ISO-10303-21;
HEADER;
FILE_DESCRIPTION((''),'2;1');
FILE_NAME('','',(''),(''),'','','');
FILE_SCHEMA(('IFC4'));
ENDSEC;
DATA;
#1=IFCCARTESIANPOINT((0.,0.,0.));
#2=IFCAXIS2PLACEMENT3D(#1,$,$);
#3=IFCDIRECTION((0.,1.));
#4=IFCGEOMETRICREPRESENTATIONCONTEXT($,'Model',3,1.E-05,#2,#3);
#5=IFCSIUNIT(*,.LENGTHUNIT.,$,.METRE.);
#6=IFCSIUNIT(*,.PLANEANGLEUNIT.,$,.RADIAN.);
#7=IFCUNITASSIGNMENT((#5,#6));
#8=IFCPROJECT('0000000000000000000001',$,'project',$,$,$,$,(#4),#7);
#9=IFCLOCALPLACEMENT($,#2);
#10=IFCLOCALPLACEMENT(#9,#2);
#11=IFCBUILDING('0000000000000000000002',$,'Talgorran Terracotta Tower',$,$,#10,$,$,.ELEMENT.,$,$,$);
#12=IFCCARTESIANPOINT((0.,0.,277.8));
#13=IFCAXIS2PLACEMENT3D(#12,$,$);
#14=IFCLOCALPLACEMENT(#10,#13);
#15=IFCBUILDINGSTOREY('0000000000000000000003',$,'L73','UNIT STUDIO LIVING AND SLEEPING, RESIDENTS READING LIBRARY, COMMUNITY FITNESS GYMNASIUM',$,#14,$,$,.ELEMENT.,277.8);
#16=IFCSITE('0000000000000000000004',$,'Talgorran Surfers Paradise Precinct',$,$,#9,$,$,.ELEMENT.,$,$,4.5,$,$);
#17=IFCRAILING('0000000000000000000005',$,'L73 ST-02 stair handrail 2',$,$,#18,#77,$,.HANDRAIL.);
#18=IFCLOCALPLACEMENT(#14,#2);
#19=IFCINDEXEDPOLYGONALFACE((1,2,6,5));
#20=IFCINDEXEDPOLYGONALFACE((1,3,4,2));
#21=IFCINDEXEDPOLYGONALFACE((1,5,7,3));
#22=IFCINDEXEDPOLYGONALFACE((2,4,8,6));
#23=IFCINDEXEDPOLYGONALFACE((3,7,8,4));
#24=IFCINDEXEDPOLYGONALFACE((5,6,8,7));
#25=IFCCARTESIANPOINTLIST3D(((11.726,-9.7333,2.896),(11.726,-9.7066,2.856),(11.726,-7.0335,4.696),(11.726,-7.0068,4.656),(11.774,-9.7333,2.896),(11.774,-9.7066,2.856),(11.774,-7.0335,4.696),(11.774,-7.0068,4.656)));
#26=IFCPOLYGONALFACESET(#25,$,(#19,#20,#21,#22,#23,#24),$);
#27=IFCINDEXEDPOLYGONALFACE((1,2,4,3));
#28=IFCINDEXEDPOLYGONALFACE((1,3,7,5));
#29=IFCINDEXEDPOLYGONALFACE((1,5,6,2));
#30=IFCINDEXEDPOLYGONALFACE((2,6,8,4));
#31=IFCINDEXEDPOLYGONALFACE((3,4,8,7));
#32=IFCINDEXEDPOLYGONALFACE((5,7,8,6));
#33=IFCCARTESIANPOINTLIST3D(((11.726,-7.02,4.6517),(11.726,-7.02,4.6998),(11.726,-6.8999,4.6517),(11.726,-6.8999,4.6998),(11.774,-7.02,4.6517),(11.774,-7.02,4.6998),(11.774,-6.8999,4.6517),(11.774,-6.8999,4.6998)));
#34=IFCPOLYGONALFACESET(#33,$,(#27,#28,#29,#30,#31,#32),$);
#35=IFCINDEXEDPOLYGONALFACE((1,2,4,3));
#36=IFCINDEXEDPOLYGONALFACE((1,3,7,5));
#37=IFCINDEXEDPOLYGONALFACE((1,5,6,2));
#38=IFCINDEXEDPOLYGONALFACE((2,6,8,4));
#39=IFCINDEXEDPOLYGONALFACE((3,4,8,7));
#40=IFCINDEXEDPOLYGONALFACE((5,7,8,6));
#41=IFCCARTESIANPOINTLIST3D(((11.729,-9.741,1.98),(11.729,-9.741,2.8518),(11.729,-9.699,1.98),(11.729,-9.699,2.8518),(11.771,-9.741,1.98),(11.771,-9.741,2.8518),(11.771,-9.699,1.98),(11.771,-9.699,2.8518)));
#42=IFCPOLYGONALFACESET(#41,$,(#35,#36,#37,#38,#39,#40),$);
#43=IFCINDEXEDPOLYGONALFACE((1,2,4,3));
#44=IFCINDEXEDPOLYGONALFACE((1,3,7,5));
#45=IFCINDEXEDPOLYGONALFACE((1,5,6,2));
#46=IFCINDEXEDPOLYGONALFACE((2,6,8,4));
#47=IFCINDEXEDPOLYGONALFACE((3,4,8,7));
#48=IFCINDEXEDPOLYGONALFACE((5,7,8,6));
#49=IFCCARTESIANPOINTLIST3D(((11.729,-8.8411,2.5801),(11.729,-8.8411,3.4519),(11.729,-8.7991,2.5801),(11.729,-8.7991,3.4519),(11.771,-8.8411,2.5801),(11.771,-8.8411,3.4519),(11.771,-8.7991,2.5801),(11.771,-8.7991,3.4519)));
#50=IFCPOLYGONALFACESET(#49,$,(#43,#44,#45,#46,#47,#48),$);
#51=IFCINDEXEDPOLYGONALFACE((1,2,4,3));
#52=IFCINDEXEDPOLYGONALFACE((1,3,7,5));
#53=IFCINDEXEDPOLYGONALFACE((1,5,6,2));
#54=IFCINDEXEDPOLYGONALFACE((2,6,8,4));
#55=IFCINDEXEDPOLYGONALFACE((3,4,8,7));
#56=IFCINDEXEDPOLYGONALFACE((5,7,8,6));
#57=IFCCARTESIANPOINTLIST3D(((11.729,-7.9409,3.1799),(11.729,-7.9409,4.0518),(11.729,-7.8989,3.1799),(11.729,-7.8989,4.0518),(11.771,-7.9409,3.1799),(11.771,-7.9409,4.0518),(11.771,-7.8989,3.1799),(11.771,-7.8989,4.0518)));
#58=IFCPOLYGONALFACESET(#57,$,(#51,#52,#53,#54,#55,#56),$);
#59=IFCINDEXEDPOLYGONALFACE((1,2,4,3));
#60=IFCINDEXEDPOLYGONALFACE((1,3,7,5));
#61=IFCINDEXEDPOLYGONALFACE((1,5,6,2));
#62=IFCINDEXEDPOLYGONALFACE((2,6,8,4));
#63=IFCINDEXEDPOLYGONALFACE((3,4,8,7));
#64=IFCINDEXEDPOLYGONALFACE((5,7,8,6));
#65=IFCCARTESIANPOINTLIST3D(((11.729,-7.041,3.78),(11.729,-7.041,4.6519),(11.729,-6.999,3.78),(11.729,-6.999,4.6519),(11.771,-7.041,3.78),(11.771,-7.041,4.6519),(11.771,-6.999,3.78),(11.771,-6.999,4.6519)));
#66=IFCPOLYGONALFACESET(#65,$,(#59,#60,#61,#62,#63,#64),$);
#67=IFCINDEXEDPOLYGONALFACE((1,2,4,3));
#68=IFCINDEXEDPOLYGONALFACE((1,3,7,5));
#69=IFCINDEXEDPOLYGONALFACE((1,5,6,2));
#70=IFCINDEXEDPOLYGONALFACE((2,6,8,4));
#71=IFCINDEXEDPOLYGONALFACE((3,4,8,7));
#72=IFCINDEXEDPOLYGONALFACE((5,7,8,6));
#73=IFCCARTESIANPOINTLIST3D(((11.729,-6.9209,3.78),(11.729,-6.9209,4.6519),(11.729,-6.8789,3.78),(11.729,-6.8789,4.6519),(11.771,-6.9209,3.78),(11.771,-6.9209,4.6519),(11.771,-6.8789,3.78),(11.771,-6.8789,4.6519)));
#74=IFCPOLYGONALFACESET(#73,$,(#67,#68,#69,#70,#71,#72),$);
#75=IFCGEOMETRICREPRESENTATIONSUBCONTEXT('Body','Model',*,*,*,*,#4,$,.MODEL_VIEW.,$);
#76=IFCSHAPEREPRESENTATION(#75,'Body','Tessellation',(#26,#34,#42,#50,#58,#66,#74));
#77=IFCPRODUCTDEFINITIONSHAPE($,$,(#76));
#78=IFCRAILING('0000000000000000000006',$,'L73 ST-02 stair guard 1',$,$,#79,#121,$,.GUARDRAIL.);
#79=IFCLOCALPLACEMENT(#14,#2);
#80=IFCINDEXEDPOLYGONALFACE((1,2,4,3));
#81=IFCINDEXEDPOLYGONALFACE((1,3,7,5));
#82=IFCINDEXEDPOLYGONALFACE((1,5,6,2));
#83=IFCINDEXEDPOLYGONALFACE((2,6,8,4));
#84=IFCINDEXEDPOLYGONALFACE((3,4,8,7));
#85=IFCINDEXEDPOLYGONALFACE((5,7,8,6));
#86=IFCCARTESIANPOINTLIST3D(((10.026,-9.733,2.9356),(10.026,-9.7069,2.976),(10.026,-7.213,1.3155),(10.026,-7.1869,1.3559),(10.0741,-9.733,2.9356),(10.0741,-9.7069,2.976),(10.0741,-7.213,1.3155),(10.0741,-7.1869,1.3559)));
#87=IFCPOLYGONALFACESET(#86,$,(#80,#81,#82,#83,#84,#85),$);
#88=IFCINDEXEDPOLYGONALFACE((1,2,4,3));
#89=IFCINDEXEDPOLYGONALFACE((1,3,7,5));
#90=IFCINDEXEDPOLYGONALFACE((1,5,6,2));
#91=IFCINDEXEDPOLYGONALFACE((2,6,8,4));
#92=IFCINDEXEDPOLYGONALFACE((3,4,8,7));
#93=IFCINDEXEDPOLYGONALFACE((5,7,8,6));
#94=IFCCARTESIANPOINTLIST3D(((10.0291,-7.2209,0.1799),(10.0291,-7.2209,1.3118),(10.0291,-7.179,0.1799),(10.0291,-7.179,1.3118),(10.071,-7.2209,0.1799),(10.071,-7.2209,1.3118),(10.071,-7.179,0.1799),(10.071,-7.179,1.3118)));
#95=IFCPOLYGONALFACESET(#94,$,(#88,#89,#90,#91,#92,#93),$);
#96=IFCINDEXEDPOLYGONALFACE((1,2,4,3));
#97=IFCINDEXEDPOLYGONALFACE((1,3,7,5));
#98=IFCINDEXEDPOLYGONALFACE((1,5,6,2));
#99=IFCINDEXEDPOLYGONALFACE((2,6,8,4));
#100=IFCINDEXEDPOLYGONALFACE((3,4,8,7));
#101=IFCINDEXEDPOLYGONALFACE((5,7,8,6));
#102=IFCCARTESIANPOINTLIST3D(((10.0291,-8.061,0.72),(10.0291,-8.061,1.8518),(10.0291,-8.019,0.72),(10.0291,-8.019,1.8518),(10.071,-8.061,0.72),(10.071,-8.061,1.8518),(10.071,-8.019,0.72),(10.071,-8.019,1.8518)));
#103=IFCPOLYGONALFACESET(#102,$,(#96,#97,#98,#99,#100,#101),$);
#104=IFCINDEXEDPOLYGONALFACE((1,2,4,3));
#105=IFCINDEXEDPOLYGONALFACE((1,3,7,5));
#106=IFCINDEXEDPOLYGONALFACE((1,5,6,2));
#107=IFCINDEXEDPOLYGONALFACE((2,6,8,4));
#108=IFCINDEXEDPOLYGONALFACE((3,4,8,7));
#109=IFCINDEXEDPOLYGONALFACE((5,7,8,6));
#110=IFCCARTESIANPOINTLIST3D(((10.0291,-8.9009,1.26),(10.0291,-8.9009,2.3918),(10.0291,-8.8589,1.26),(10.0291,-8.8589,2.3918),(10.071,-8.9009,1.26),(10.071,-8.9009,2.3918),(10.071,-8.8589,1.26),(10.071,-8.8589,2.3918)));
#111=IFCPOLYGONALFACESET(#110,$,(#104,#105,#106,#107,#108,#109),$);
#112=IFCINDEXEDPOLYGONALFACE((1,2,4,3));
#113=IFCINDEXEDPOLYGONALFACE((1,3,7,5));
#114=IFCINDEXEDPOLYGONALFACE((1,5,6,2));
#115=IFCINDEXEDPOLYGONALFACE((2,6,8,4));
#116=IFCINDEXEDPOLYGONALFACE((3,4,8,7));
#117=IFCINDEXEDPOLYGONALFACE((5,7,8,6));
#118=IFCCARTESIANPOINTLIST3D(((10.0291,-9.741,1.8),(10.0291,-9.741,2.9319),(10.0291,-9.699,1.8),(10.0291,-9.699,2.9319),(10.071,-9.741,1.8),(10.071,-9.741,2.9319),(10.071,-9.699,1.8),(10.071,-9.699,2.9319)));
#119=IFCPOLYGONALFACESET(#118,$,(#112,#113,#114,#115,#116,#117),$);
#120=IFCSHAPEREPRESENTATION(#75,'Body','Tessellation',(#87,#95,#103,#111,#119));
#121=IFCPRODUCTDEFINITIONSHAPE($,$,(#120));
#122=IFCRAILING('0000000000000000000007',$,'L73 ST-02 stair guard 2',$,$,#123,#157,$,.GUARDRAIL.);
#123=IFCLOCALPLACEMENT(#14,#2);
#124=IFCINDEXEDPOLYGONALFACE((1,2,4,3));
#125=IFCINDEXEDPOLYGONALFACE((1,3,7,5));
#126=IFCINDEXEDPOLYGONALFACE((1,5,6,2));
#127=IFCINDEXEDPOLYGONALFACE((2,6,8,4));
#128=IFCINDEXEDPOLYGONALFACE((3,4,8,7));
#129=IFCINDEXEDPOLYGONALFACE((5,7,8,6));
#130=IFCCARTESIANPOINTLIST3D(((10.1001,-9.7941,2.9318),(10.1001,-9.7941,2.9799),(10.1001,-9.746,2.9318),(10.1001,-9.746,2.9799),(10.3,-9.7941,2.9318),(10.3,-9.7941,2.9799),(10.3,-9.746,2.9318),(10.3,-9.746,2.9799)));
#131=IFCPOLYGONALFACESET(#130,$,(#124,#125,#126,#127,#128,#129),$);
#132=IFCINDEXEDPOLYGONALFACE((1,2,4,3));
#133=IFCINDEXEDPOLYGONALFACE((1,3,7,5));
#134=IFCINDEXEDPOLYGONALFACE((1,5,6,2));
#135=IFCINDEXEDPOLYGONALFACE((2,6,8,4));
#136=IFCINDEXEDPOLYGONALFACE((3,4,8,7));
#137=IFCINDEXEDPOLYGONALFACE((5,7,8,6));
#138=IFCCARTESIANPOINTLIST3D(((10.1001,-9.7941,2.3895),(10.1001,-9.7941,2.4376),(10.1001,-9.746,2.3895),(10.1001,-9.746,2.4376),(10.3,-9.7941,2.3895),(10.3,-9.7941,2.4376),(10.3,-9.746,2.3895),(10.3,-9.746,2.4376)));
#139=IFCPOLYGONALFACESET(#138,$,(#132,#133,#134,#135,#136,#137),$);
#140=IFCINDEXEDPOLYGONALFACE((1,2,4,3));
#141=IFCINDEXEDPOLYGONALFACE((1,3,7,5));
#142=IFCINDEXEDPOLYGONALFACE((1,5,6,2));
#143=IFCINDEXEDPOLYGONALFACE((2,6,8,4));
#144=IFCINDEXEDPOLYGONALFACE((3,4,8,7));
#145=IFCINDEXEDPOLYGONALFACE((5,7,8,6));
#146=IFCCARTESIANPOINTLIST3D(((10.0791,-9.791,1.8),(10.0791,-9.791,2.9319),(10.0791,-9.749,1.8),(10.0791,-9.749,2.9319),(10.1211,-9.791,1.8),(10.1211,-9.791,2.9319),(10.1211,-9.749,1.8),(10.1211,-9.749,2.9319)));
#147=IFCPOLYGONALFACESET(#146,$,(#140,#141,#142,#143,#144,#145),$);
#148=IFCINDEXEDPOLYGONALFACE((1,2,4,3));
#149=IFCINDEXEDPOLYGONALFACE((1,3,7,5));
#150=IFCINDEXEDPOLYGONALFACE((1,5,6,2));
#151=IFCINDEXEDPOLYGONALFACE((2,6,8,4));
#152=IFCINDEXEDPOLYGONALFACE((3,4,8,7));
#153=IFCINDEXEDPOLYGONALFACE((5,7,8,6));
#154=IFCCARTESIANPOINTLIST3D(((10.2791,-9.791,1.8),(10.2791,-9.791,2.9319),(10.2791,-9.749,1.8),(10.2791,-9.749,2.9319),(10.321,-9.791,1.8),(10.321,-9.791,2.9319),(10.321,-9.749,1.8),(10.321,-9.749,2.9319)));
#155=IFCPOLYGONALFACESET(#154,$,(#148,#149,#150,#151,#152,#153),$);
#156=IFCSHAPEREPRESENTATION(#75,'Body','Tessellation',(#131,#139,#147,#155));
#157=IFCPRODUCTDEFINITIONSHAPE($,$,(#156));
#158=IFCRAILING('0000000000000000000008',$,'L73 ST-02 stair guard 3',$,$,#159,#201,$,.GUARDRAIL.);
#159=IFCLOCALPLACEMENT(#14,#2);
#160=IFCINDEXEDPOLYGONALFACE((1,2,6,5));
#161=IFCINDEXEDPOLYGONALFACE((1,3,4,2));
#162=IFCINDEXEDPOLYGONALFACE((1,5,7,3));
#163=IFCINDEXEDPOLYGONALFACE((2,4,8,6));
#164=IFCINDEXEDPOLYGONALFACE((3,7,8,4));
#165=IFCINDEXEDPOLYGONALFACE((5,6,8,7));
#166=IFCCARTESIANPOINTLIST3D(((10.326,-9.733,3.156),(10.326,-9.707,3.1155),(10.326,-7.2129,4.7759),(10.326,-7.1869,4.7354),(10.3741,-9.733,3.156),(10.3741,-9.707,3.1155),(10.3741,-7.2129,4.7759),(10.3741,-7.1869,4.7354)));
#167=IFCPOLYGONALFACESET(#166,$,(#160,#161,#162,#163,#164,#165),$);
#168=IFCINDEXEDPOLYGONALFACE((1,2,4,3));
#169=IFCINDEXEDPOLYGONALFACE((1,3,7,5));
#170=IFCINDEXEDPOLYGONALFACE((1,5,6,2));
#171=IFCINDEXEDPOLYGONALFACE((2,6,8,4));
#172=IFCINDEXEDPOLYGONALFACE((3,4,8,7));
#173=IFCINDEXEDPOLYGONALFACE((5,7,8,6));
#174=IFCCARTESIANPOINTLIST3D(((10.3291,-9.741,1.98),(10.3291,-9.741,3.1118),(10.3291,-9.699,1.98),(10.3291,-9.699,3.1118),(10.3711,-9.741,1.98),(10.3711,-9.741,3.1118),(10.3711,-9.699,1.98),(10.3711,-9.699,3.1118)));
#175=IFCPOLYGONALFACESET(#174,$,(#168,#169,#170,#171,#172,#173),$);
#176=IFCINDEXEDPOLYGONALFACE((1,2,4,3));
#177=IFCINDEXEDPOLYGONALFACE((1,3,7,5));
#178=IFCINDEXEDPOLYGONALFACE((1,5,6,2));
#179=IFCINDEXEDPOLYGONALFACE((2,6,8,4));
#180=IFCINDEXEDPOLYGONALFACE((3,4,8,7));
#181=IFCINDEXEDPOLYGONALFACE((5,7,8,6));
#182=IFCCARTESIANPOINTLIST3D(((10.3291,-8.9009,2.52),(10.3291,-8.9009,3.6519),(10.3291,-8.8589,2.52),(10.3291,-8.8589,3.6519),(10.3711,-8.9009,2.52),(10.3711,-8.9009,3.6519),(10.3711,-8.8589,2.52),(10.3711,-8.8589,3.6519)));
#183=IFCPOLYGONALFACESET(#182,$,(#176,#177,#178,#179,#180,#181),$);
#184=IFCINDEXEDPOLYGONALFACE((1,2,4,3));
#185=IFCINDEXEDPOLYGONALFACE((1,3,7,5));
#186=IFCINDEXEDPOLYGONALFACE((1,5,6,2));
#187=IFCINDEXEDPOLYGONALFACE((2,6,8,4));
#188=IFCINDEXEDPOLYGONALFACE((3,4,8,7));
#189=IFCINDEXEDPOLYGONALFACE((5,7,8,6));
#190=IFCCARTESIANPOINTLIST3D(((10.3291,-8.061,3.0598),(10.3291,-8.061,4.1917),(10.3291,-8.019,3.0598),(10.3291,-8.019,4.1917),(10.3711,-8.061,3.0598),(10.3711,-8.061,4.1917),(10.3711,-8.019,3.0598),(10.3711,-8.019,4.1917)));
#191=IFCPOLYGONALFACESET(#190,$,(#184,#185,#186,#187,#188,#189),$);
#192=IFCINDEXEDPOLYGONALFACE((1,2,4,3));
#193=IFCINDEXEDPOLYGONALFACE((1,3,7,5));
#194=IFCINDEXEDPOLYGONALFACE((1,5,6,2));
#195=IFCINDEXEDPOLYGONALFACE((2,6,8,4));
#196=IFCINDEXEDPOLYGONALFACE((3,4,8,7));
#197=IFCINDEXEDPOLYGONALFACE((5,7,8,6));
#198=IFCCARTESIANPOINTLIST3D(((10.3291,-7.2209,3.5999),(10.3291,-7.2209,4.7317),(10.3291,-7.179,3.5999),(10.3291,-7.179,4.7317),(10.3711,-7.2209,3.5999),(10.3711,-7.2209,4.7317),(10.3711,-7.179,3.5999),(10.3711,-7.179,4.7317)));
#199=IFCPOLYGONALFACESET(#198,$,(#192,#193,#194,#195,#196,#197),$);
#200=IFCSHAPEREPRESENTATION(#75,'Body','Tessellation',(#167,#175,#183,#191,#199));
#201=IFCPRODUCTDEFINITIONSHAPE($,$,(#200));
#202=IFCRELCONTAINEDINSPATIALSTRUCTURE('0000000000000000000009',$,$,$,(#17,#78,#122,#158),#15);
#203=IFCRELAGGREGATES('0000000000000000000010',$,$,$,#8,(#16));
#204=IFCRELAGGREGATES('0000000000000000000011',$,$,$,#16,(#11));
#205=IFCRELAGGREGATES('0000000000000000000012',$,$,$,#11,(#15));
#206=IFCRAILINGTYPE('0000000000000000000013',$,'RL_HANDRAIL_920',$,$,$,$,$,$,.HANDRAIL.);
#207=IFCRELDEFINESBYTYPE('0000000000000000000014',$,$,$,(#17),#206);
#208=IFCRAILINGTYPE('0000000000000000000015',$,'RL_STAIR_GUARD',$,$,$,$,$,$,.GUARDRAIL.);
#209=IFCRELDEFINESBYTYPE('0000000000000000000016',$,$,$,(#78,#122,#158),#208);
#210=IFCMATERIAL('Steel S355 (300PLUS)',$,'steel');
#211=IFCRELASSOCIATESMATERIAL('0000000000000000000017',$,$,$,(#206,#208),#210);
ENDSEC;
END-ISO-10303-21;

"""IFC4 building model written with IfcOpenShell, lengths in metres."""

from ifc_helpers import new_model, si_unit, direction, frame, origin, origin_2d, place, context, subcontext, project, spatial, rectangle, extrude, material, type_object, element, save


model = new_model("IFC4")

# Units and contexts
model_context = context("Model", 3, precision=1e-05, world=origin(), true_north=direction((0.0, 1.0)))
body_context = subcontext(model_context, "Body", "Model", "MODEL_VIEW")
ifc_project = project(units=[si_unit("LENGTHUNIT", "METRE"), si_unit("PLANEANGLEUNIT", "RADIAN")], contexts=[model_context])

# Site, building, storey
site_placement = place(None, origin())
site = spatial("IfcSite", under=ifc_project, at=site_placement, Name="Talgorran Surfers Paradise Precinct", CompositionType="ELEMENT", RefElevation=4.5)
building_placement = place(site_placement, origin())
building = spatial("IfcBuilding", under=site, at=building_placement, Name="Talgorran Terracotta Tower", CompositionType="ELEMENT")
storey_placement = place(building_placement, frame((0.0, 0.0, 277.8)))
storey = spatial("IfcBuildingStorey", under=building, at=storey_placement, Name="L73", Description="UNIT STUDIO LIVING AND SLEEPING, RESIDENTS READING LIBRARY, COMMUNITY FITNESS GYMNASIUM", CompositionType="ELEMENT", Elevation=277.8)

# Shared definitions
ifc_material_1 = material(Name="Steel S355 (300PLUS)", Category="steel")

# Railings
railing_type_1 = type_object("IfcRailingType", Name="RL_HANDRAIL_920", PredefinedType="HANDRAIL", material=ifc_material_1)
railing_1_placement = place(storey_placement, frame((11.75, -9.72, 1.98)))
element("IfcRailing", 1, at=railing_1_placement, inside=storey, type_object=railing_type_1, Name="L73 ST-02 stair handrail 2", PredefinedType="HANDRAIL", context=body_context, shape_type="SweptSolid", body=[
    extrude(rectangle(XDim=0.0481, YDim=0.0481, at=origin_2d()), frame((0.0, 0.0, 0.896), z_axis=(0.0, 0.832039, 0.554718), x_axis=(-1.0, 0.0, 0.0)), (0.0, 0.0, 1.0), 3.2449),
    extrude(rectangle(XDim=0.0481, YDim=0.0481, at=origin_2d()), frame((0.0, 2.7, 2.6958), z_axis=(0.0, 1.0, 0.0), x_axis=(-1.0, 0.0, 0.0)), (0.0, 0.0, 1.0), 0.1201),
    extrude(rectangle(XDim=0.042, YDim=0.042, at=origin_2d()), origin(), (0.0, 0.0, 1.0), 0.8718),
    extrude(rectangle(XDim=0.042, YDim=0.042, at=origin_2d()), frame((0.0, 0.8999, 0.6001)), (0.0, 0.0, 1.0), 0.8718),
    extrude(rectangle(XDim=0.042, YDim=0.042, at=origin_2d()), frame((0.0, 1.8, 1.2)), (0.0, 0.0, 1.0), 0.8718),
    extrude(rectangle(XDim=0.042, YDim=0.042, at=origin_2d()), frame((0.0, 2.7, 1.8)), (0.0, 0.0, 1.0), 0.8718),
    extrude(rectangle(XDim=0.042, YDim=0.042, at=origin_2d()), frame((0.0, 2.8201, 1.8)), (0.0, 0.0, 1.0), 0.8718),
])
railing_type_2 = type_object("IfcRailingType", Name="RL_STAIR_GUARD", PredefinedType="GUARDRAIL", material=ifc_material_1)
railing_2_placement = place(storey_placement, frame((10.05, -7.2, 0.1799)))
element("IfcRailing", 2, at=railing_2_placement, inside=storey, type_object=railing_type_2, Name="L73 ST-02 stair guard 1", PredefinedType="GUARDRAIL", context=body_context, shape_type="SweptSolid", body=[
    extrude(rectangle(XDim=0.0481, YDim=0.0481, at=origin_2d()), frame((0.0, 0.0, 1.1558), z_axis=(0.0, -0.841163, 0.540782), x_axis=(1.0, 0.0, 0.0)), (0.0, 0.0, 1.0), 2.9958),
    extrude(rectangle(XDim=0.042, YDim=0.042, at=origin_2d()), origin(), (0.0, 0.0, 1.0), 1.1318),
    extrude(rectangle(XDim=0.042, YDim=0.042, at=origin_2d()), frame((0.0, -0.8401, 0.54)), (0.0, 0.0, 1.0), 1.1318),
    extrude(rectangle(XDim=0.042, YDim=0.042, at=origin_2d()), frame((0.0, -1.6799, 1.0801)), (0.0, 0.0, 1.0), 1.1318),
    extrude(rectangle(XDim=0.042, YDim=0.042, at=origin_2d()), frame((0.0, -2.52, 1.6201)), (0.0, 0.0, 1.0), 1.1318),
])
railing_3_placement = place(storey_placement, frame((10.1001, -9.77, 1.8)))
element("IfcRailing", 3, at=railing_3_placement, inside=storey, type_object=railing_type_2, Name="L73 ST-02 stair guard 2", PredefinedType="GUARDRAIL", context=body_context, shape_type="SweptSolid", body=[
    extrude(rectangle(XDim=0.0481, YDim=0.0481, at=origin_2d()), frame((0.0, 0.0, 1.1558), z_axis=(1.0, 0.0, 0.0), x_axis=(0.0, 1.0, 0.0)), (0.0, 0.0, 1.0), 0.2),
    extrude(rectangle(XDim=0.0481, YDim=0.0481, at=origin_2d()), frame((0.0, 0.0, 0.6135), z_axis=(1.0, 0.0, 0.0), x_axis=(0.0, 1.0, 0.0)), (0.0, 0.0, 1.0), 0.2),
    extrude(rectangle(XDim=0.042, YDim=0.042, at=origin_2d()), origin(), (0.0, 0.0, 1.0), 1.1318),
    extrude(rectangle(XDim=0.042, YDim=0.042, at=origin_2d()), frame((0.2, 0.0, 0.0)), (0.0, 0.0, 1.0), 1.1318),
])
railing_4_placement = place(storey_placement, frame((10.3501, -9.72, 1.98)))
element("IfcRailing", 4, at=railing_4_placement, inside=storey, type_object=railing_type_2, Name="L73 ST-02 stair guard 3", PredefinedType="GUARDRAIL", context=body_context, shape_type="SweptSolid", body=[
    extrude(rectangle(XDim=0.0481, YDim=0.0481, at=origin_2d()), frame((0.0, 0.0, 1.1558), z_axis=(0.0, 0.8412, 0.540725), x_axis=(-1.0, 0.0, 0.0)), (0.0, 0.0, 1.0), 2.9958),
    extrude(rectangle(XDim=0.042, YDim=0.042, at=origin_2d()), origin(), (0.0, 0.0, 1.0), 1.1318),
    extrude(rectangle(XDim=0.042, YDim=0.042, at=origin_2d()), frame((0.0, 0.8401, 0.54)), (0.0, 0.0, 1.0), 1.1318),
    extrude(rectangle(XDim=0.042, YDim=0.042, at=origin_2d()), frame((0.0, 1.6799, 1.0798)), (0.0, 0.0, 1.0), 1.1318),
    extrude(rectangle(XDim=0.042, YDim=0.042, at=origin_2d()), frame((0.0, 2.52, 1.6199)), (0.0, 0.0, 1.0), 1.1318),
])

save(model, "model.ifc")
